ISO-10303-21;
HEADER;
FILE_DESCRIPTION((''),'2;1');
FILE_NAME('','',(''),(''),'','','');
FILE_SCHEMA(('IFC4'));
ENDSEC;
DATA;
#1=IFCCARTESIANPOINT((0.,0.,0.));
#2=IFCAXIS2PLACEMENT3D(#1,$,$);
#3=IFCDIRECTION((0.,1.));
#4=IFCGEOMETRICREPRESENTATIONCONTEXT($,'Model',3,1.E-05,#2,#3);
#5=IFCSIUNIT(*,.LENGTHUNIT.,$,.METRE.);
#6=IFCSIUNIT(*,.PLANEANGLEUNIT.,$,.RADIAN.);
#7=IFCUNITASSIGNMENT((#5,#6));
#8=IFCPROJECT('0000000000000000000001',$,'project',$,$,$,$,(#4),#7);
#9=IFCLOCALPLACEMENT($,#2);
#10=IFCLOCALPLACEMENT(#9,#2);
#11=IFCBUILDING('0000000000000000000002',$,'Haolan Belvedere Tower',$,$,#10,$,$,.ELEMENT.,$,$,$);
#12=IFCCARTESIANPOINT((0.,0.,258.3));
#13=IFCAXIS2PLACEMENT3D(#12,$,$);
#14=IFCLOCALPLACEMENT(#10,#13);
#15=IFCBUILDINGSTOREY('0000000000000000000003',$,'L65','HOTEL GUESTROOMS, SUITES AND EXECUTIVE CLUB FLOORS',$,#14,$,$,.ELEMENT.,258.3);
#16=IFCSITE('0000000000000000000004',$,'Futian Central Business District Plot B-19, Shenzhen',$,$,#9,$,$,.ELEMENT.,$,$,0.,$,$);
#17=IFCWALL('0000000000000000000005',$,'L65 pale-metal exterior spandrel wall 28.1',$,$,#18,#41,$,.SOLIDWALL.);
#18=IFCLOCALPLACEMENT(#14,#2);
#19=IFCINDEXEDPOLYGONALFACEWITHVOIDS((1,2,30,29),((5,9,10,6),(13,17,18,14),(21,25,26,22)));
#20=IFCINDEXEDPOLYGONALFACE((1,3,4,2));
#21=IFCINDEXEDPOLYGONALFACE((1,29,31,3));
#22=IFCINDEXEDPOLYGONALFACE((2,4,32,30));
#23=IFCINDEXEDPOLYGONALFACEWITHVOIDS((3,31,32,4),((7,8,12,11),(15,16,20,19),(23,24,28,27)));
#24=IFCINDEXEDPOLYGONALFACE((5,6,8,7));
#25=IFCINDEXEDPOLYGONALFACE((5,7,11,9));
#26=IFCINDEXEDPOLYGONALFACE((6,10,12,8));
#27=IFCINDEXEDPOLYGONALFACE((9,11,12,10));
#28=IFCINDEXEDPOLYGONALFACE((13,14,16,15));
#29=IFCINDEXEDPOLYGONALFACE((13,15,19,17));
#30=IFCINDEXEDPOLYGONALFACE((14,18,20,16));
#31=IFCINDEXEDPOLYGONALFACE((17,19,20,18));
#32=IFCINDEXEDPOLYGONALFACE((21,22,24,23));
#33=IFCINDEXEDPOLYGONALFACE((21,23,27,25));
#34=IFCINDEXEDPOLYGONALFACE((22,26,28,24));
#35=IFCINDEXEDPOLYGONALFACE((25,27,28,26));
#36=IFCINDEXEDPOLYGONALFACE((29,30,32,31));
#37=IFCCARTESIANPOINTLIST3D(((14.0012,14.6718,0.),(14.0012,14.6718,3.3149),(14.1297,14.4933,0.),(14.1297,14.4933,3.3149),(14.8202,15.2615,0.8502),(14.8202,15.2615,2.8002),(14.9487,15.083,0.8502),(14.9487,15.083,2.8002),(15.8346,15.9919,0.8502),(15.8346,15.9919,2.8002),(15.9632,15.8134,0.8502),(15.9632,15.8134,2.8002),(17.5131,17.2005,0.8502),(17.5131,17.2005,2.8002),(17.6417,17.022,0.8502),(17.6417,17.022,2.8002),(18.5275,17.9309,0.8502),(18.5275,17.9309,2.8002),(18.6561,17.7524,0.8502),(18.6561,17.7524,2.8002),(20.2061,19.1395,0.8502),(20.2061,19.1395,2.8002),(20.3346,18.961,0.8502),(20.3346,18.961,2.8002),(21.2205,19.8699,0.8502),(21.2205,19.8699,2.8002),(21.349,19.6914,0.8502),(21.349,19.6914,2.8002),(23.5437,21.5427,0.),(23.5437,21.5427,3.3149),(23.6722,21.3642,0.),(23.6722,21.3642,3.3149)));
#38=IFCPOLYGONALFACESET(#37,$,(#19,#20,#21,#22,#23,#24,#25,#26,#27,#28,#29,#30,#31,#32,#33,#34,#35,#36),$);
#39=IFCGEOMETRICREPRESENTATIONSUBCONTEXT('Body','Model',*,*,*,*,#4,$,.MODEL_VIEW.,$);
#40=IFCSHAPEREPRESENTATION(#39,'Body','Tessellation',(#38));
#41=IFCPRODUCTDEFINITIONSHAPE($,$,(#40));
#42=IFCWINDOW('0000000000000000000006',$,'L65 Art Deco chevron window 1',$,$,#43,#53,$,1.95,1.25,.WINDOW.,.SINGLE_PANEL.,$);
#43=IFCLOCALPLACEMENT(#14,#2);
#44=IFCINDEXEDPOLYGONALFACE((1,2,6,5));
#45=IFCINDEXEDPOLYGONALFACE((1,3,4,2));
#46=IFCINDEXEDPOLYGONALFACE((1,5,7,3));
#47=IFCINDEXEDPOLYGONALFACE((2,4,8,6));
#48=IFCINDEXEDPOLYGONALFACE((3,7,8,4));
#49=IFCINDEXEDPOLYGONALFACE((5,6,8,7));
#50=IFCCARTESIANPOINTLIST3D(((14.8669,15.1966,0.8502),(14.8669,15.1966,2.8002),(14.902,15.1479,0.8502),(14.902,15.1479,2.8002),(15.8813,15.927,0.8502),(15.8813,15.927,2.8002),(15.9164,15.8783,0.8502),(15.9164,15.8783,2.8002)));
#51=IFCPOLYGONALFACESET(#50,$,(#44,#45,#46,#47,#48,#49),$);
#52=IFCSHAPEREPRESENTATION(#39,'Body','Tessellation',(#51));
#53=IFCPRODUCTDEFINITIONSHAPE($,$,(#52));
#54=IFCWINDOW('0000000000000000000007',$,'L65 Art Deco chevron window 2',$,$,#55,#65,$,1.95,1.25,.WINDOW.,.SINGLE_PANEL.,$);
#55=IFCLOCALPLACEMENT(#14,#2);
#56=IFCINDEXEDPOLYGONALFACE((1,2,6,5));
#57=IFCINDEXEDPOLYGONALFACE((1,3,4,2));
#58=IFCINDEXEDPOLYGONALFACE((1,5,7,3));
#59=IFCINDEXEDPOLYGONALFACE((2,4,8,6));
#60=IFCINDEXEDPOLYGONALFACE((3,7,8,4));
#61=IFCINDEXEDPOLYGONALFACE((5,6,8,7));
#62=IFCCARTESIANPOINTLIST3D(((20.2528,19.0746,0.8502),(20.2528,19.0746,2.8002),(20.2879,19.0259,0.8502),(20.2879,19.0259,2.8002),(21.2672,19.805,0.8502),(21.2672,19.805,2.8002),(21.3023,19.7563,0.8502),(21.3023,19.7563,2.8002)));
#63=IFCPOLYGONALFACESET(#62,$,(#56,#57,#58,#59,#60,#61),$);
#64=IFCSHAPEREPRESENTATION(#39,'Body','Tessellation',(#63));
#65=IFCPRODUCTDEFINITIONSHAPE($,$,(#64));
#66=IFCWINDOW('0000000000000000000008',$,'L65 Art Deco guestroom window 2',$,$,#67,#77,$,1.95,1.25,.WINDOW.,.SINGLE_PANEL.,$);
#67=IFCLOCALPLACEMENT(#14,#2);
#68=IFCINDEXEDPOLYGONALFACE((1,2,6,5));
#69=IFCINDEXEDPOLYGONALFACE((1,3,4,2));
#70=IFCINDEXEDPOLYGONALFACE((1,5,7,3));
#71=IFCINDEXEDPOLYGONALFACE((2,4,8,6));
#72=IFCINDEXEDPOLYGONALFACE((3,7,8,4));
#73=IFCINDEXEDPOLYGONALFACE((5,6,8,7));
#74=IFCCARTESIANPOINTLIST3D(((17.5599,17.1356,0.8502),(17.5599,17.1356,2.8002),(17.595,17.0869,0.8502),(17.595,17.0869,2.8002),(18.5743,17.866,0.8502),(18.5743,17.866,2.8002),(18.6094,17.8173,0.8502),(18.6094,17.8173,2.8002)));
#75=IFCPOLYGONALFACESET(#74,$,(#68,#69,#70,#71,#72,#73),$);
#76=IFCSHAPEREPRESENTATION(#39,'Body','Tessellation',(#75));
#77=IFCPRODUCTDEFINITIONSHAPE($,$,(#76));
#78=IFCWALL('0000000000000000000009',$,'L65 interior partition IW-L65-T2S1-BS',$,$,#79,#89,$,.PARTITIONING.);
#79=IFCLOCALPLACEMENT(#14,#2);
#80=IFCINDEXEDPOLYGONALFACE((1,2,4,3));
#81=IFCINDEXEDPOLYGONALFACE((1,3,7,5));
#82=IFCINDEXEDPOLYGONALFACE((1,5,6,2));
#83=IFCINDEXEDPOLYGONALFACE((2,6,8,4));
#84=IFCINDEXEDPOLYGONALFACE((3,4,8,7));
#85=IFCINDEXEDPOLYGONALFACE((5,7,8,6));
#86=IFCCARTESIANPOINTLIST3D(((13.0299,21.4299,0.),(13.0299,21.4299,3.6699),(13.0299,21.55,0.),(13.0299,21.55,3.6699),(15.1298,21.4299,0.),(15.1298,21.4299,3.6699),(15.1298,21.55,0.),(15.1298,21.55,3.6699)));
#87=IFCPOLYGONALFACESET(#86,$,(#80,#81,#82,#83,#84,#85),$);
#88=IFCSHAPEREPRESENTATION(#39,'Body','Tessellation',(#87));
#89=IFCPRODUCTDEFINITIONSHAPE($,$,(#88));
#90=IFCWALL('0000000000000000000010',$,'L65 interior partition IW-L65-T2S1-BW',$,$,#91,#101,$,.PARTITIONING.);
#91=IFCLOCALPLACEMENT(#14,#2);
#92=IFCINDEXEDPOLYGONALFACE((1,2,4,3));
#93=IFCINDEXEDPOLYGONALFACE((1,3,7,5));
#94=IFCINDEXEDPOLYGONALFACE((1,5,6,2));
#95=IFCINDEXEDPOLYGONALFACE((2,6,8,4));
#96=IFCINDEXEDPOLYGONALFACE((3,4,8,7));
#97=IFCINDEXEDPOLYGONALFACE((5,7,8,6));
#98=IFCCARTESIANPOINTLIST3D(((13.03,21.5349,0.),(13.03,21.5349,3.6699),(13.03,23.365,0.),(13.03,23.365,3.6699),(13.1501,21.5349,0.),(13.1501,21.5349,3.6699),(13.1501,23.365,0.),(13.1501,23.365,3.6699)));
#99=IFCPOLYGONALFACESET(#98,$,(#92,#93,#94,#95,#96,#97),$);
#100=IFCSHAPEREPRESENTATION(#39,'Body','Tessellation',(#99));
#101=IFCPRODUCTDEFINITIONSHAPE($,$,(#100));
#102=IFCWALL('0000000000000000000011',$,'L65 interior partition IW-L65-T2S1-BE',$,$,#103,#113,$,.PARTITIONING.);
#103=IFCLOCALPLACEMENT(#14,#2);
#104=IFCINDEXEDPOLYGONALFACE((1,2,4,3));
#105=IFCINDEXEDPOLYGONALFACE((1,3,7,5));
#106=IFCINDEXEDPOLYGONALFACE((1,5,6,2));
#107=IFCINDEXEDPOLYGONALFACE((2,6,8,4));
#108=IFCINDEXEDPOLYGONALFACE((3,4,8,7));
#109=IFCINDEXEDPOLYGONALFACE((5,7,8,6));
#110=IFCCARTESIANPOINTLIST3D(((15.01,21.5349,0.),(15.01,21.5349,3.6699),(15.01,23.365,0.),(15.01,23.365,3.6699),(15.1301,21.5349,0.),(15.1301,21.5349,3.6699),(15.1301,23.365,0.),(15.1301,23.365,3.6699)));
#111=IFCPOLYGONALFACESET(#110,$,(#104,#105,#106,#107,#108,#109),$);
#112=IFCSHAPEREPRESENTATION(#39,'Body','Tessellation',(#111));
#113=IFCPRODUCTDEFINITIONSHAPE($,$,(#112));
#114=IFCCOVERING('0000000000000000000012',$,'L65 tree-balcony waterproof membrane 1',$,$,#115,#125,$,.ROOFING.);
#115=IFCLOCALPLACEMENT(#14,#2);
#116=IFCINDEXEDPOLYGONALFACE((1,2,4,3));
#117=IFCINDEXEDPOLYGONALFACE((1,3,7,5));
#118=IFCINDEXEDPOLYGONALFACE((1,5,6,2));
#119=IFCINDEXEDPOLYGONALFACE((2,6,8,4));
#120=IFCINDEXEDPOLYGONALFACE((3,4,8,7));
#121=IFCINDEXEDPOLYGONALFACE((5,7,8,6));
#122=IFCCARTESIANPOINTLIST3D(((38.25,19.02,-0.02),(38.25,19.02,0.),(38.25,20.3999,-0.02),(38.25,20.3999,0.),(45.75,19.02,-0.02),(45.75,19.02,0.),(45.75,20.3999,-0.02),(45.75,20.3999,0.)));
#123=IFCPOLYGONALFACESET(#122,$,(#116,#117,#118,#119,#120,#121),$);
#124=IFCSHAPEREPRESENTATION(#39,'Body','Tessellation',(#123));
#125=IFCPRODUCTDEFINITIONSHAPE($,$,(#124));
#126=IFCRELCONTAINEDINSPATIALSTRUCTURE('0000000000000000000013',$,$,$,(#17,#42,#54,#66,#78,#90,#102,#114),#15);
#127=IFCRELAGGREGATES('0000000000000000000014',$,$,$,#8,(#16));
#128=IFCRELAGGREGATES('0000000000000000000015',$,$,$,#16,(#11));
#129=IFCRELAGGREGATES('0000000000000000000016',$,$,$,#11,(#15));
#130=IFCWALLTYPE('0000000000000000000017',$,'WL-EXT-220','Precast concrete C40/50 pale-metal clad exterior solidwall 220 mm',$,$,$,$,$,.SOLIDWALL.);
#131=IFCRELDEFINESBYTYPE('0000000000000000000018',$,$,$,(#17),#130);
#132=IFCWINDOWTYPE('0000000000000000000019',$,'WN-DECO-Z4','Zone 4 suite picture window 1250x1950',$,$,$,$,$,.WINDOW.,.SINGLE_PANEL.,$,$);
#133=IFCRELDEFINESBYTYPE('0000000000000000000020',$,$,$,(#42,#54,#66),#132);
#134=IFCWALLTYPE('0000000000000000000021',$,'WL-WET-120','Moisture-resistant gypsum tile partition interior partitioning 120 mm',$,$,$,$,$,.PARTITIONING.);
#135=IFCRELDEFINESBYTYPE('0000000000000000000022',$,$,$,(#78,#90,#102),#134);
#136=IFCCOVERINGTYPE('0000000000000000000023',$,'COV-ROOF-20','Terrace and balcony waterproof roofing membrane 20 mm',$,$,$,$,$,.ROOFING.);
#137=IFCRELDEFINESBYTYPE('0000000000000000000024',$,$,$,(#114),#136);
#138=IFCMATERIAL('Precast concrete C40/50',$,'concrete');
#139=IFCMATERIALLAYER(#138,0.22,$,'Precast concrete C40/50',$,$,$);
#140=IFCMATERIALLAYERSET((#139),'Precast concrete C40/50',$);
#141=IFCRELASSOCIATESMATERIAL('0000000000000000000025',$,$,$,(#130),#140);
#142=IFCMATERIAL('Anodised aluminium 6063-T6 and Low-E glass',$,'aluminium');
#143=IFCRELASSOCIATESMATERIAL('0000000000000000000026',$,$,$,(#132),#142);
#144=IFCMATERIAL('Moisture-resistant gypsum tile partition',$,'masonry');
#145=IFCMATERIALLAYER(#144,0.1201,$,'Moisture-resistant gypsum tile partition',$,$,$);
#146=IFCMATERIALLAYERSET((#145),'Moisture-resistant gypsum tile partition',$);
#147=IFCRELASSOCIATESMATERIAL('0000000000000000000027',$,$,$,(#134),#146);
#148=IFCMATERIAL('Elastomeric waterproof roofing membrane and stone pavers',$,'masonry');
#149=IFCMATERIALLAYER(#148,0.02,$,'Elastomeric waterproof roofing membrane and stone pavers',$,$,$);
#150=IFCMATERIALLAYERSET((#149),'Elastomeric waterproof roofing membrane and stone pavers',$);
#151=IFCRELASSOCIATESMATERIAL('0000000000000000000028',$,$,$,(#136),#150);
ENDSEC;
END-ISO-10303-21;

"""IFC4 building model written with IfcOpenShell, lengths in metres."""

from ifc_helpers import new_model, si_unit, direction, frame, frame_2d, origin, place, context, subcontext, project, spatial, polyline, rectangle, outline, extrude, material, layer, layer_set, type_object, element, fill, save


model = new_model("IFC4")

# Units and contexts
model_context = context("Model", 3, precision=1e-05, world=origin(), true_north=direction((0.0, 1.0)))
body_context = subcontext(model_context, "Body", "Model", "MODEL_VIEW")
ifc_project = project(units=[si_unit("LENGTHUNIT", "METRE"), si_unit("PLANEANGLEUNIT", "RADIAN")], contexts=[model_context])

# Site, building, storey
site_placement = place(None, origin())
site = spatial("IfcSite", under=ifc_project, at=site_placement, Name="Futian Central Business District Plot B-19, Shenzhen", CompositionType="ELEMENT", RefElevation=0.0)
building_placement = place(site_placement, origin())
building = spatial("IfcBuilding", under=site, at=building_placement, Name="Haolan Belvedere Tower", CompositionType="ELEMENT")
storey_placement = place(building_placement, frame((0.0, 0.0, 258.3)))
storey = spatial("IfcBuildingStorey", under=building, at=storey_placement, Name="L65", Description="HOTEL GUESTROOMS, SUITES AND EXECUTIVE CLUB FLOORS", CompositionType="ELEMENT", Elevation=258.3)

# Shared definitions
ifc_material_1 = material(Name="Precast concrete C40/50", Category="concrete")
ifc_layer_1 = layer(ifc_material_1, 0.22, Name="Precast concrete C40/50")
ifc_layer_set_1 = layer_set([ifc_layer_1], Name="Precast concrete C40/50")
wall_type_1 = type_object("IfcWallType", Name="WL-EXT-220", Description="Precast concrete C40/50 pale-metal clad exterior solidwall 220 mm", PredefinedType="SOLIDWALL", material=ifc_layer_set_1)

# Wall, openings, windows
wall_1_placement = place(storey_placement, frame((14.0654, 14.5825, 0.0), z_axis=(0.0, 0.0, 1.0), x_axis=(0.811524, 0.584319, 0.0)))
wall_1 = element("IfcWall", 1, at=wall_1_placement, inside=storey, type_object=wall_type_1, Name="L65 pale-metal exterior spandrel wall 28.1", PredefinedType="SOLIDWALL", context=body_context, shape_type="SweptSolid", body=[
    extrude(rectangle(XDim=11.7588, YDim=0.22, at=frame_2d((5.8794, 0.0))), origin(), (0.0, 0.0, 1.0), 3.3149),
])
opening_1_placement = place(wall_1_placement, frame((1.0093, 0.0, 0.8501)))
opening_1 = element("IfcOpeningElement", 2, at=opening_1_placement, cuts=wall_1, PredefinedType="OPENING", context=body_context, shape_type="SweptSolid", body=[
    extrude(rectangle(XDim=1.25, YDim=1.95, at=frame_2d((0.625, 0.9751))), frame((0.0, 0.1199, 0.0), z_axis=(0.0, -1.0, 0.0), x_axis=(1.0, 0.0, 0.0)), (0.0, 0.0, 1.0), 0.24),
])
opening_2_placement = place(wall_1_placement, frame((7.646, 0.0, 0.8501)))
opening_2 = element("IfcOpeningElement", 3, at=opening_2_placement, cuts=wall_1, PredefinedType="OPENING", context=body_context, shape_type="SweptSolid", body=[
    extrude(rectangle(XDim=1.25, YDim=1.95, at=frame_2d((0.625, 0.9751))), frame((0.0, 0.1199, 0.0), z_axis=(0.0, -1.0, 0.0), x_axis=(1.0, 0.0, 0.0)), (0.0, 0.0, 1.0), 0.24),
])
opening_3_placement = place(wall_1_placement, frame((4.3276, 0.0, 0.8501)))
opening_3 = element("IfcOpeningElement", 4, at=opening_3_placement, cuts=wall_1, PredefinedType="OPENING", context=body_context, shape_type="SweptSolid", body=[
    extrude(rectangle(XDim=1.25, YDim=1.95, at=frame_2d((0.625, 0.9751))), frame((0.0, 0.1199, 0.0), z_axis=(0.0, -1.0, 0.0), x_axis=(1.0, 0.0, 0.0)), (0.0, 0.0, 1.0), 0.24),
])
ifc_material_2 = material(Name="Anodised aluminium 6063-T6 and Low-E glass", Category="aluminium")
window_type = type_object("IfcWindowType", Name="WN-DECO-Z4", Description="Zone 4 suite picture window 1250x1950", PartitioningType="SINGLE_PANEL", PredefinedType="WINDOW", material=ifc_material_2)
window_1_placement = place(opening_1_placement, origin())
window_1 = element("IfcWindow", 5, at=window_1_placement, inside=storey, type_object=window_type, Name="L65 Art Deco chevron window 1", OverallHeight=1.95, OverallWidth=1.25, PartitioningType="SINGLE_PANEL", PredefinedType="WINDOW", context=body_context, shape_type="SweptSolid", body=[
    extrude(rectangle(XDim=1.25, YDim=1.95, at=frame_2d((0.625, 0.9751))), frame((0.0, 0.03, 0.0), z_axis=(0.0, -1.0, 0.0), x_axis=(1.0, 0.0, 0.0)), (0.0, 0.0, 1.0), 0.0601),
])
fill(opening_1, window_1)
window_2_placement = place(opening_2_placement, origin())
window_2 = element("IfcWindow", 6, at=window_2_placement, inside=storey, type_object=window_type, Name="L65 Art Deco chevron window 2", OverallHeight=1.95, OverallWidth=1.25, PartitioningType="SINGLE_PANEL", PredefinedType="WINDOW", context=body_context, shape_type="SweptSolid", body=[
    extrude(rectangle(XDim=1.25, YDim=1.95, at=frame_2d((0.625, 0.9751))), frame((0.0, 0.03, 0.0), z_axis=(0.0, -1.0, 0.0), x_axis=(1.0, 0.0, 0.0)), (0.0, 0.0, 1.0), 0.0601),
])
fill(opening_2, window_2)
window_3_placement = place(opening_3_placement, origin())
window_3 = element("IfcWindow", 7, at=window_3_placement, inside=storey, type_object=window_type, Name="L65 Art Deco guestroom window 2", OverallHeight=1.95, OverallWidth=1.25, PartitioningType="SINGLE_PANEL", PredefinedType="WINDOW", context=body_context, shape_type="SweptSolid", body=[
    extrude(rectangle(XDim=1.25, YDim=1.95, at=frame_2d((0.625, 0.9751))), frame((0.0, 0.03, 0.0), z_axis=(0.0, -1.0, 0.0), x_axis=(1.0, 0.0, 0.0)), (0.0, 0.0, 1.0), 0.0601),
])
fill(opening_3, window_3)

# Walls
ifc_material_3 = material(Name="Moisture-resistant gypsum tile partition", Category="masonry")
ifc_layer_2 = layer(ifc_material_3, 0.1201, Name="Moisture-resistant gypsum tile partition")
ifc_layer_set_2 = layer_set([ifc_layer_2], Name="Moisture-resistant gypsum tile partition")
wall_type_2 = type_object("IfcWallType", Name="WL-WET-120", Description="Moisture-resistant gypsum tile partition interior partitioning 120 mm", PredefinedType="PARTITIONING", material=ifc_layer_set_2)
wall_2_placement = place(storey_placement, frame((13.03, 21.49, 0.0), z_axis=(0.0, 0.0, 1.0), x_axis=(1.0, 0.0, 0.0)))
element("IfcWall", 8, at=wall_2_placement, inside=storey, type_object=wall_type_2, Name="L65 interior partition IW-L65-T2S1-BS", PredefinedType="PARTITIONING", context=body_context, shape_type="SweptSolid", body=[
    extrude(rectangle(XDim=2.0999, YDim=0.1201, at=frame_2d((1.0498, 0.0))), origin(), (0.0, 0.0, 1.0), 3.6699),
])
for number, where, z_axis, x_axis, name in (
    (9, (13.0901, 21.5349, 0.0), (0.0, 0.0, 1.0), (0.0, 1.0, 0.0), "L65 interior partition IW-L65-T2S1-BW"),
    (10, (15.0701, 21.5349, 0.0), (0.0, 0.0, 1.0), (0.0, 1.0, 0.0), "L65 interior partition IW-L65-T2S1-BE"),
):
    element("IfcWall", number, at=place(storey_placement, frame(where, z_axis=z_axis, x_axis=x_axis)), inside=storey, type_object=wall_type_2, Name=name, PredefinedType="PARTITIONING", context=body_context, shape_type="SweptSolid", body=[
        extrude(rectangle(XDim=1.8301, YDim=0.1201, at=frame_2d((0.915, 0.0))), origin(), (0.0, 0.0, 1.0), 3.6699),
    ])

# Covering
ifc_material_4 = material(Name="Elastomeric waterproof roofing membrane and stone pavers", Category="masonry")
ifc_layer_3 = layer(ifc_material_4, 0.02, Name="Elastomeric waterproof roofing membrane and stone pavers")
ifc_layer_set_3 = layer_set([ifc_layer_3], Name="Elastomeric waterproof roofing membrane and stone pavers")
covering_type = type_object("IfcCoveringType", Name="COV-ROOF-20", Description="Terrace and balcony waterproof roofing membrane 20 mm", PredefinedType="ROOFING", material=ifc_layer_set_3)
covering_placement = place(storey_placement, frame((0.0, 0.0, -0.02)))
element("IfcCovering", 11, at=covering_placement, inside=storey, type_object=covering_type, Name="L65 tree-balcony waterproof membrane 1", PredefinedType="ROOFING", context=body_context, shape_type="SweptSolid", body=[
    extrude(outline(polyline([(38.25, 19.02), (45.75, 19.02), (45.75, 20.3999), (38.25, 20.3999), (38.25, 19.02)])), origin(), (0.0, 0.0, 1.0), 0.02),
])

save(model, "model.ifc")
